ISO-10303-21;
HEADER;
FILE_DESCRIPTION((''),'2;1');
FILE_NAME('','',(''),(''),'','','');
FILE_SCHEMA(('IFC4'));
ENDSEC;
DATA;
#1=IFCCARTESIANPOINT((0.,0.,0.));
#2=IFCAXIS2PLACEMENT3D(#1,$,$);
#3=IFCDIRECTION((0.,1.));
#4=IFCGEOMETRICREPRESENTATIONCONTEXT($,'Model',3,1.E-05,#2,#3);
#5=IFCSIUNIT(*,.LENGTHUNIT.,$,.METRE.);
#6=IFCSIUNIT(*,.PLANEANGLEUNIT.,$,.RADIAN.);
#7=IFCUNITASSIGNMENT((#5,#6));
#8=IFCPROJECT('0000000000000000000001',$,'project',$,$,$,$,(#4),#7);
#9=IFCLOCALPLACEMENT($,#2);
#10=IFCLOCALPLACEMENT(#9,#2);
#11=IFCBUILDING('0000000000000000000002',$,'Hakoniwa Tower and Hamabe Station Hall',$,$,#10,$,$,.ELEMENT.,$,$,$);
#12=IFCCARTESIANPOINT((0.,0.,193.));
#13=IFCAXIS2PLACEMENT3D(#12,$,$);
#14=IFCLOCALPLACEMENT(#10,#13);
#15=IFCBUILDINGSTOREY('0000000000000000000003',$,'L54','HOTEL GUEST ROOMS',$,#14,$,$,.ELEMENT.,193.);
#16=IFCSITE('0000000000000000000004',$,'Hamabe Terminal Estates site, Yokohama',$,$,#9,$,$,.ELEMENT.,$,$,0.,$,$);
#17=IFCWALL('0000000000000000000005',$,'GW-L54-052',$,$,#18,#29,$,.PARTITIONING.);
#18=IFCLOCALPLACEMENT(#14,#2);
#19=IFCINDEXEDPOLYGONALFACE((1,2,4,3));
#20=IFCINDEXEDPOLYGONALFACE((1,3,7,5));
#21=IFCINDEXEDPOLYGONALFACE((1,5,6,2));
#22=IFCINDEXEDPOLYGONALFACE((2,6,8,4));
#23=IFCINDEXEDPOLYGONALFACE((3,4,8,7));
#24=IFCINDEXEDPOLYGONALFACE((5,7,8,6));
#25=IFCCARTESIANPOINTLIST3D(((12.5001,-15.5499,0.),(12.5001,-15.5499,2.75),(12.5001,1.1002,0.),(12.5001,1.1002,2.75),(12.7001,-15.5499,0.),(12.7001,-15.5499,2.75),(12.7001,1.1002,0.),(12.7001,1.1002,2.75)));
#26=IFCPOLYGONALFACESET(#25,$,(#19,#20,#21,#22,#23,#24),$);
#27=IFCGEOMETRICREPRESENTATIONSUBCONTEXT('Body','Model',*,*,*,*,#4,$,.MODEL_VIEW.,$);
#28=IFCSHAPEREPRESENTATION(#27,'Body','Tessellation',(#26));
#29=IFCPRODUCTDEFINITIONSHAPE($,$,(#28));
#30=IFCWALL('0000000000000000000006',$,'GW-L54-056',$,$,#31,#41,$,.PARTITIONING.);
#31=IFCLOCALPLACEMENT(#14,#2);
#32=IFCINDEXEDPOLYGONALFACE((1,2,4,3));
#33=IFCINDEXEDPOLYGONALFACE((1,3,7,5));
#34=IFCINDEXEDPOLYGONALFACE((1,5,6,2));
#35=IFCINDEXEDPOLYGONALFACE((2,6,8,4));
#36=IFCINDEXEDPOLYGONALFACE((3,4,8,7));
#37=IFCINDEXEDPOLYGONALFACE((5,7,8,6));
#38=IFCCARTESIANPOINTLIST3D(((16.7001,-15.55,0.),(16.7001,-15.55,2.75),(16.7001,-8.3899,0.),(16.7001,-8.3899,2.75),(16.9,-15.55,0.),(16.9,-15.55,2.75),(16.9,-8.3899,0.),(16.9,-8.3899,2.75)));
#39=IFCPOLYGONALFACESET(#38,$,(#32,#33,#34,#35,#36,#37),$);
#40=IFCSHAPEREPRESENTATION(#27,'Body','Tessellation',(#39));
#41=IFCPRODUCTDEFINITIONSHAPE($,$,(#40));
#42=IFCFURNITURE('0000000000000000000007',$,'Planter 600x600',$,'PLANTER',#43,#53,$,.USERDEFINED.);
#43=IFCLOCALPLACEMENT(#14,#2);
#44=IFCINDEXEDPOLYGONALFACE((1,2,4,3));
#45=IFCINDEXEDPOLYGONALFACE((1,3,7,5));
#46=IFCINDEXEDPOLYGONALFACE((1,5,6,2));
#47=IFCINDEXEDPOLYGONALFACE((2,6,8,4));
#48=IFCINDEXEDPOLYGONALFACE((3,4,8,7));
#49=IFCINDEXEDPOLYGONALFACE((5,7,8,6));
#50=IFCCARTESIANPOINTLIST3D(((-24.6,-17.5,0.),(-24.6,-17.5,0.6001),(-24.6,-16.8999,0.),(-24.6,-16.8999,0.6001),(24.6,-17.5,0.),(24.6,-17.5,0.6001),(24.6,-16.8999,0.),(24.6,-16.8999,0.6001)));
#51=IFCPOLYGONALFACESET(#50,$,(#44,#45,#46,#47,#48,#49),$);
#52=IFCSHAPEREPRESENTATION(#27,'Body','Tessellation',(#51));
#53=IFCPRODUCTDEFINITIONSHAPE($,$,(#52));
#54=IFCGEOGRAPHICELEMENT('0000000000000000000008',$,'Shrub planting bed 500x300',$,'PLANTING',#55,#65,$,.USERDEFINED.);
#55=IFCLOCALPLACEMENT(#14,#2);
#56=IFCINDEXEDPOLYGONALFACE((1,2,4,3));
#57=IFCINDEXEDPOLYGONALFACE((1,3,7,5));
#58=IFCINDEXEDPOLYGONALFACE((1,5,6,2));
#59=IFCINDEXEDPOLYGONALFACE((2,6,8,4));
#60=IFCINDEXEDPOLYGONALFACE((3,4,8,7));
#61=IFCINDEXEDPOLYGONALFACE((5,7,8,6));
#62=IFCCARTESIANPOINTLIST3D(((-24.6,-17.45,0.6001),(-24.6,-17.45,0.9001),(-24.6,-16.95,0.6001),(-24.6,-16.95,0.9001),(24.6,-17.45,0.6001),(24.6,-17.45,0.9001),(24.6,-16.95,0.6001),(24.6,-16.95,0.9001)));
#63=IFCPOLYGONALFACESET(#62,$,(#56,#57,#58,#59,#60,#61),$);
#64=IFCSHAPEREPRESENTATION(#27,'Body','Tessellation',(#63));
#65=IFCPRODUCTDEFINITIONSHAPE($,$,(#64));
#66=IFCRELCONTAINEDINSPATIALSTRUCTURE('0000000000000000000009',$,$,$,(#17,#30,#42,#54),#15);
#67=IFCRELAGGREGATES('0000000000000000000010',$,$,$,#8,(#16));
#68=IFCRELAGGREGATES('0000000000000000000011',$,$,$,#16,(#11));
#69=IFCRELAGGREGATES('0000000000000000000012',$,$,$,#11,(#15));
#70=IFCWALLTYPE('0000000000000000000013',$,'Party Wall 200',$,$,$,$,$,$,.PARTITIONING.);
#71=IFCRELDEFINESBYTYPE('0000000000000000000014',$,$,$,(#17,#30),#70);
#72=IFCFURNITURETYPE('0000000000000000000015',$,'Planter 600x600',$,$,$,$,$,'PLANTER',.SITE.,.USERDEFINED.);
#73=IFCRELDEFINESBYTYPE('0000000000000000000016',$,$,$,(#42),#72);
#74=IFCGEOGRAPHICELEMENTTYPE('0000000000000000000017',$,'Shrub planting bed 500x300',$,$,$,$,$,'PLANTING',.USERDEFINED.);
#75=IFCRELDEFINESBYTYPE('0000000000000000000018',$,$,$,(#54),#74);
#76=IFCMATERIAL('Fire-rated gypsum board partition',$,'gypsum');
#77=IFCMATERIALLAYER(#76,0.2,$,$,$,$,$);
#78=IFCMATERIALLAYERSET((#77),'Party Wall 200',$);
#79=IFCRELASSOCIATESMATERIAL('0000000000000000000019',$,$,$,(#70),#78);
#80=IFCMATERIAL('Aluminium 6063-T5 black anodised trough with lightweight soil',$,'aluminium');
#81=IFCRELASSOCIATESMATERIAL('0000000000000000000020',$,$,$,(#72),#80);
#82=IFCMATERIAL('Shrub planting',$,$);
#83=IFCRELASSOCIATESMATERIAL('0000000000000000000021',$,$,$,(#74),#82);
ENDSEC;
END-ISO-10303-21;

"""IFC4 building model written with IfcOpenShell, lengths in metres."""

from ifc_helpers import new_model, si_unit, direction, frame, frame_2d, origin, origin_2d, place, context, subcontext, project, spatial, rectangle, extrude, material, layer, layer_set, type_object, element, save


model = new_model("IFC4")

# Units and contexts
model_context = context("Model", 3, precision=1e-05, world=origin(), true_north=direction((0.0, 1.0)))
body_context = subcontext(model_context, "Body", "Model", "MODEL_VIEW")
ifc_project = project(units=[si_unit("LENGTHUNIT", "METRE"), si_unit("PLANEANGLEUNIT", "RADIAN")], contexts=[model_context])

# Site, building, storey
site_placement = place(None, origin())
site = spatial("IfcSite", under=ifc_project, at=site_placement, Name="Hamabe Terminal Estates site, Yokohama", CompositionType="ELEMENT", RefElevation=0.0)
building_placement = place(site_placement, origin())
building = spatial("IfcBuilding", under=site, at=building_placement, Name="Hakoniwa Tower and Hamabe Station Hall", CompositionType="ELEMENT")
storey_placement = place(building_placement, frame((0.0, 0.0, 193.0)))
storey = spatial("IfcBuildingStorey", under=building, at=storey_placement, Name="L54", Description="HOTEL GUEST ROOMS", CompositionType="ELEMENT", Elevation=193.0)

# Walls
ifc_material_1 = material(Name="Fire-rated gypsum board partition", Category="gypsum")
ifc_layer_1 = layer(ifc_material_1, 0.2)
ifc_layer_set_1 = layer_set([ifc_layer_1], Name="Party Wall 200")
wall_type_1 = type_object("IfcWallType", Name="Party Wall 200", PredefinedType="PARTITIONING", material=ifc_layer_set_1)
wall_1_placement = place(storey_placement, frame((12.6001, -15.55, 0.0), z_axis=(0.0, 0.0, 1.0), x_axis=(0.0, 1.0, 0.0)))
element("IfcWall", 1, at=wall_1_placement, inside=storey, type_object=wall_type_1, Name="GW-L54-052", PredefinedType="PARTITIONING", context=body_context, shape_type="SweptSolid", body=[
    extrude(rectangle(XDim=16.6501, YDim=0.2, at=frame_2d((8.3252, 0.0))), origin(), (0.0, 0.0, 1.0), 2.75),
])
wall_2_placement = place(storey_placement, frame((16.8, -15.55, 0.0), z_axis=(0.0, 0.0, 1.0), x_axis=(0.0, 1.0, 0.0)))
element("IfcWall", 2, at=wall_2_placement, inside=storey, type_object=wall_type_1, Name="GW-L54-056", PredefinedType="PARTITIONING", context=body_context, shape_type="SweptSolid", body=[
    extrude(rectangle(XDim=7.1602, YDim=0.2, at=frame_2d((3.5801, 0.0))), origin(), (0.0, 0.0, 1.0), 2.75),
])

# Furniture
ifc_material_2 = material(Name="Aluminium 6063-T5 black anodised trough with lightweight soil", Category="aluminium")
furniture_type = type_object("IfcFurnitureType", Name="Planter 600x600", ElementType="PLANTER", AssemblyPlace="SITE", PredefinedType="USERDEFINED", material=ifc_material_2)
furniture_placement = place(storey_placement, frame((0.0, -17.2, 0.0), z_axis=(0.0, 0.0, 1.0), x_axis=(1.0, 0.0, 0.0)))
element("IfcFurniture", 3, at=furniture_placement, inside=storey, type_object=furniture_type, Name="Planter 600x600", ObjectType="PLANTER", PredefinedType="USERDEFINED", context=body_context, shape_type="SweptSolid", body=[
    extrude(rectangle(XDim=49.2, YDim=0.6001, at=origin_2d()), origin(), (0.0, 0.0, 1.0), 0.6001),
])

# Geographic element
ifc_material_3 = material(Name="Shrub planting")
geographic_element_type = type_object("IfcGeographicElementType", Name="Shrub planting bed 500x300", ElementType="PLANTING", PredefinedType="USERDEFINED", material=ifc_material_3)
geographic_element_placement = place(storey_placement, frame((0.0, -17.2, 0.6001), z_axis=(0.0, 0.0, 1.0), x_axis=(1.0, 0.0, 0.0)))
element("IfcGeographicElement", 4, at=geographic_element_placement, inside=storey, type_object=geographic_element_type, Name="Shrub planting bed 500x300", ObjectType="PLANTING", PredefinedType="USERDEFINED", context=body_context, shape_type="SweptSolid", body=[
    extrude(rectangle(XDim=49.2, YDim=0.5, at=origin_2d()), origin(), (0.0, 0.0, 1.0), 0.3),
])

save(model, "model.ifc")
